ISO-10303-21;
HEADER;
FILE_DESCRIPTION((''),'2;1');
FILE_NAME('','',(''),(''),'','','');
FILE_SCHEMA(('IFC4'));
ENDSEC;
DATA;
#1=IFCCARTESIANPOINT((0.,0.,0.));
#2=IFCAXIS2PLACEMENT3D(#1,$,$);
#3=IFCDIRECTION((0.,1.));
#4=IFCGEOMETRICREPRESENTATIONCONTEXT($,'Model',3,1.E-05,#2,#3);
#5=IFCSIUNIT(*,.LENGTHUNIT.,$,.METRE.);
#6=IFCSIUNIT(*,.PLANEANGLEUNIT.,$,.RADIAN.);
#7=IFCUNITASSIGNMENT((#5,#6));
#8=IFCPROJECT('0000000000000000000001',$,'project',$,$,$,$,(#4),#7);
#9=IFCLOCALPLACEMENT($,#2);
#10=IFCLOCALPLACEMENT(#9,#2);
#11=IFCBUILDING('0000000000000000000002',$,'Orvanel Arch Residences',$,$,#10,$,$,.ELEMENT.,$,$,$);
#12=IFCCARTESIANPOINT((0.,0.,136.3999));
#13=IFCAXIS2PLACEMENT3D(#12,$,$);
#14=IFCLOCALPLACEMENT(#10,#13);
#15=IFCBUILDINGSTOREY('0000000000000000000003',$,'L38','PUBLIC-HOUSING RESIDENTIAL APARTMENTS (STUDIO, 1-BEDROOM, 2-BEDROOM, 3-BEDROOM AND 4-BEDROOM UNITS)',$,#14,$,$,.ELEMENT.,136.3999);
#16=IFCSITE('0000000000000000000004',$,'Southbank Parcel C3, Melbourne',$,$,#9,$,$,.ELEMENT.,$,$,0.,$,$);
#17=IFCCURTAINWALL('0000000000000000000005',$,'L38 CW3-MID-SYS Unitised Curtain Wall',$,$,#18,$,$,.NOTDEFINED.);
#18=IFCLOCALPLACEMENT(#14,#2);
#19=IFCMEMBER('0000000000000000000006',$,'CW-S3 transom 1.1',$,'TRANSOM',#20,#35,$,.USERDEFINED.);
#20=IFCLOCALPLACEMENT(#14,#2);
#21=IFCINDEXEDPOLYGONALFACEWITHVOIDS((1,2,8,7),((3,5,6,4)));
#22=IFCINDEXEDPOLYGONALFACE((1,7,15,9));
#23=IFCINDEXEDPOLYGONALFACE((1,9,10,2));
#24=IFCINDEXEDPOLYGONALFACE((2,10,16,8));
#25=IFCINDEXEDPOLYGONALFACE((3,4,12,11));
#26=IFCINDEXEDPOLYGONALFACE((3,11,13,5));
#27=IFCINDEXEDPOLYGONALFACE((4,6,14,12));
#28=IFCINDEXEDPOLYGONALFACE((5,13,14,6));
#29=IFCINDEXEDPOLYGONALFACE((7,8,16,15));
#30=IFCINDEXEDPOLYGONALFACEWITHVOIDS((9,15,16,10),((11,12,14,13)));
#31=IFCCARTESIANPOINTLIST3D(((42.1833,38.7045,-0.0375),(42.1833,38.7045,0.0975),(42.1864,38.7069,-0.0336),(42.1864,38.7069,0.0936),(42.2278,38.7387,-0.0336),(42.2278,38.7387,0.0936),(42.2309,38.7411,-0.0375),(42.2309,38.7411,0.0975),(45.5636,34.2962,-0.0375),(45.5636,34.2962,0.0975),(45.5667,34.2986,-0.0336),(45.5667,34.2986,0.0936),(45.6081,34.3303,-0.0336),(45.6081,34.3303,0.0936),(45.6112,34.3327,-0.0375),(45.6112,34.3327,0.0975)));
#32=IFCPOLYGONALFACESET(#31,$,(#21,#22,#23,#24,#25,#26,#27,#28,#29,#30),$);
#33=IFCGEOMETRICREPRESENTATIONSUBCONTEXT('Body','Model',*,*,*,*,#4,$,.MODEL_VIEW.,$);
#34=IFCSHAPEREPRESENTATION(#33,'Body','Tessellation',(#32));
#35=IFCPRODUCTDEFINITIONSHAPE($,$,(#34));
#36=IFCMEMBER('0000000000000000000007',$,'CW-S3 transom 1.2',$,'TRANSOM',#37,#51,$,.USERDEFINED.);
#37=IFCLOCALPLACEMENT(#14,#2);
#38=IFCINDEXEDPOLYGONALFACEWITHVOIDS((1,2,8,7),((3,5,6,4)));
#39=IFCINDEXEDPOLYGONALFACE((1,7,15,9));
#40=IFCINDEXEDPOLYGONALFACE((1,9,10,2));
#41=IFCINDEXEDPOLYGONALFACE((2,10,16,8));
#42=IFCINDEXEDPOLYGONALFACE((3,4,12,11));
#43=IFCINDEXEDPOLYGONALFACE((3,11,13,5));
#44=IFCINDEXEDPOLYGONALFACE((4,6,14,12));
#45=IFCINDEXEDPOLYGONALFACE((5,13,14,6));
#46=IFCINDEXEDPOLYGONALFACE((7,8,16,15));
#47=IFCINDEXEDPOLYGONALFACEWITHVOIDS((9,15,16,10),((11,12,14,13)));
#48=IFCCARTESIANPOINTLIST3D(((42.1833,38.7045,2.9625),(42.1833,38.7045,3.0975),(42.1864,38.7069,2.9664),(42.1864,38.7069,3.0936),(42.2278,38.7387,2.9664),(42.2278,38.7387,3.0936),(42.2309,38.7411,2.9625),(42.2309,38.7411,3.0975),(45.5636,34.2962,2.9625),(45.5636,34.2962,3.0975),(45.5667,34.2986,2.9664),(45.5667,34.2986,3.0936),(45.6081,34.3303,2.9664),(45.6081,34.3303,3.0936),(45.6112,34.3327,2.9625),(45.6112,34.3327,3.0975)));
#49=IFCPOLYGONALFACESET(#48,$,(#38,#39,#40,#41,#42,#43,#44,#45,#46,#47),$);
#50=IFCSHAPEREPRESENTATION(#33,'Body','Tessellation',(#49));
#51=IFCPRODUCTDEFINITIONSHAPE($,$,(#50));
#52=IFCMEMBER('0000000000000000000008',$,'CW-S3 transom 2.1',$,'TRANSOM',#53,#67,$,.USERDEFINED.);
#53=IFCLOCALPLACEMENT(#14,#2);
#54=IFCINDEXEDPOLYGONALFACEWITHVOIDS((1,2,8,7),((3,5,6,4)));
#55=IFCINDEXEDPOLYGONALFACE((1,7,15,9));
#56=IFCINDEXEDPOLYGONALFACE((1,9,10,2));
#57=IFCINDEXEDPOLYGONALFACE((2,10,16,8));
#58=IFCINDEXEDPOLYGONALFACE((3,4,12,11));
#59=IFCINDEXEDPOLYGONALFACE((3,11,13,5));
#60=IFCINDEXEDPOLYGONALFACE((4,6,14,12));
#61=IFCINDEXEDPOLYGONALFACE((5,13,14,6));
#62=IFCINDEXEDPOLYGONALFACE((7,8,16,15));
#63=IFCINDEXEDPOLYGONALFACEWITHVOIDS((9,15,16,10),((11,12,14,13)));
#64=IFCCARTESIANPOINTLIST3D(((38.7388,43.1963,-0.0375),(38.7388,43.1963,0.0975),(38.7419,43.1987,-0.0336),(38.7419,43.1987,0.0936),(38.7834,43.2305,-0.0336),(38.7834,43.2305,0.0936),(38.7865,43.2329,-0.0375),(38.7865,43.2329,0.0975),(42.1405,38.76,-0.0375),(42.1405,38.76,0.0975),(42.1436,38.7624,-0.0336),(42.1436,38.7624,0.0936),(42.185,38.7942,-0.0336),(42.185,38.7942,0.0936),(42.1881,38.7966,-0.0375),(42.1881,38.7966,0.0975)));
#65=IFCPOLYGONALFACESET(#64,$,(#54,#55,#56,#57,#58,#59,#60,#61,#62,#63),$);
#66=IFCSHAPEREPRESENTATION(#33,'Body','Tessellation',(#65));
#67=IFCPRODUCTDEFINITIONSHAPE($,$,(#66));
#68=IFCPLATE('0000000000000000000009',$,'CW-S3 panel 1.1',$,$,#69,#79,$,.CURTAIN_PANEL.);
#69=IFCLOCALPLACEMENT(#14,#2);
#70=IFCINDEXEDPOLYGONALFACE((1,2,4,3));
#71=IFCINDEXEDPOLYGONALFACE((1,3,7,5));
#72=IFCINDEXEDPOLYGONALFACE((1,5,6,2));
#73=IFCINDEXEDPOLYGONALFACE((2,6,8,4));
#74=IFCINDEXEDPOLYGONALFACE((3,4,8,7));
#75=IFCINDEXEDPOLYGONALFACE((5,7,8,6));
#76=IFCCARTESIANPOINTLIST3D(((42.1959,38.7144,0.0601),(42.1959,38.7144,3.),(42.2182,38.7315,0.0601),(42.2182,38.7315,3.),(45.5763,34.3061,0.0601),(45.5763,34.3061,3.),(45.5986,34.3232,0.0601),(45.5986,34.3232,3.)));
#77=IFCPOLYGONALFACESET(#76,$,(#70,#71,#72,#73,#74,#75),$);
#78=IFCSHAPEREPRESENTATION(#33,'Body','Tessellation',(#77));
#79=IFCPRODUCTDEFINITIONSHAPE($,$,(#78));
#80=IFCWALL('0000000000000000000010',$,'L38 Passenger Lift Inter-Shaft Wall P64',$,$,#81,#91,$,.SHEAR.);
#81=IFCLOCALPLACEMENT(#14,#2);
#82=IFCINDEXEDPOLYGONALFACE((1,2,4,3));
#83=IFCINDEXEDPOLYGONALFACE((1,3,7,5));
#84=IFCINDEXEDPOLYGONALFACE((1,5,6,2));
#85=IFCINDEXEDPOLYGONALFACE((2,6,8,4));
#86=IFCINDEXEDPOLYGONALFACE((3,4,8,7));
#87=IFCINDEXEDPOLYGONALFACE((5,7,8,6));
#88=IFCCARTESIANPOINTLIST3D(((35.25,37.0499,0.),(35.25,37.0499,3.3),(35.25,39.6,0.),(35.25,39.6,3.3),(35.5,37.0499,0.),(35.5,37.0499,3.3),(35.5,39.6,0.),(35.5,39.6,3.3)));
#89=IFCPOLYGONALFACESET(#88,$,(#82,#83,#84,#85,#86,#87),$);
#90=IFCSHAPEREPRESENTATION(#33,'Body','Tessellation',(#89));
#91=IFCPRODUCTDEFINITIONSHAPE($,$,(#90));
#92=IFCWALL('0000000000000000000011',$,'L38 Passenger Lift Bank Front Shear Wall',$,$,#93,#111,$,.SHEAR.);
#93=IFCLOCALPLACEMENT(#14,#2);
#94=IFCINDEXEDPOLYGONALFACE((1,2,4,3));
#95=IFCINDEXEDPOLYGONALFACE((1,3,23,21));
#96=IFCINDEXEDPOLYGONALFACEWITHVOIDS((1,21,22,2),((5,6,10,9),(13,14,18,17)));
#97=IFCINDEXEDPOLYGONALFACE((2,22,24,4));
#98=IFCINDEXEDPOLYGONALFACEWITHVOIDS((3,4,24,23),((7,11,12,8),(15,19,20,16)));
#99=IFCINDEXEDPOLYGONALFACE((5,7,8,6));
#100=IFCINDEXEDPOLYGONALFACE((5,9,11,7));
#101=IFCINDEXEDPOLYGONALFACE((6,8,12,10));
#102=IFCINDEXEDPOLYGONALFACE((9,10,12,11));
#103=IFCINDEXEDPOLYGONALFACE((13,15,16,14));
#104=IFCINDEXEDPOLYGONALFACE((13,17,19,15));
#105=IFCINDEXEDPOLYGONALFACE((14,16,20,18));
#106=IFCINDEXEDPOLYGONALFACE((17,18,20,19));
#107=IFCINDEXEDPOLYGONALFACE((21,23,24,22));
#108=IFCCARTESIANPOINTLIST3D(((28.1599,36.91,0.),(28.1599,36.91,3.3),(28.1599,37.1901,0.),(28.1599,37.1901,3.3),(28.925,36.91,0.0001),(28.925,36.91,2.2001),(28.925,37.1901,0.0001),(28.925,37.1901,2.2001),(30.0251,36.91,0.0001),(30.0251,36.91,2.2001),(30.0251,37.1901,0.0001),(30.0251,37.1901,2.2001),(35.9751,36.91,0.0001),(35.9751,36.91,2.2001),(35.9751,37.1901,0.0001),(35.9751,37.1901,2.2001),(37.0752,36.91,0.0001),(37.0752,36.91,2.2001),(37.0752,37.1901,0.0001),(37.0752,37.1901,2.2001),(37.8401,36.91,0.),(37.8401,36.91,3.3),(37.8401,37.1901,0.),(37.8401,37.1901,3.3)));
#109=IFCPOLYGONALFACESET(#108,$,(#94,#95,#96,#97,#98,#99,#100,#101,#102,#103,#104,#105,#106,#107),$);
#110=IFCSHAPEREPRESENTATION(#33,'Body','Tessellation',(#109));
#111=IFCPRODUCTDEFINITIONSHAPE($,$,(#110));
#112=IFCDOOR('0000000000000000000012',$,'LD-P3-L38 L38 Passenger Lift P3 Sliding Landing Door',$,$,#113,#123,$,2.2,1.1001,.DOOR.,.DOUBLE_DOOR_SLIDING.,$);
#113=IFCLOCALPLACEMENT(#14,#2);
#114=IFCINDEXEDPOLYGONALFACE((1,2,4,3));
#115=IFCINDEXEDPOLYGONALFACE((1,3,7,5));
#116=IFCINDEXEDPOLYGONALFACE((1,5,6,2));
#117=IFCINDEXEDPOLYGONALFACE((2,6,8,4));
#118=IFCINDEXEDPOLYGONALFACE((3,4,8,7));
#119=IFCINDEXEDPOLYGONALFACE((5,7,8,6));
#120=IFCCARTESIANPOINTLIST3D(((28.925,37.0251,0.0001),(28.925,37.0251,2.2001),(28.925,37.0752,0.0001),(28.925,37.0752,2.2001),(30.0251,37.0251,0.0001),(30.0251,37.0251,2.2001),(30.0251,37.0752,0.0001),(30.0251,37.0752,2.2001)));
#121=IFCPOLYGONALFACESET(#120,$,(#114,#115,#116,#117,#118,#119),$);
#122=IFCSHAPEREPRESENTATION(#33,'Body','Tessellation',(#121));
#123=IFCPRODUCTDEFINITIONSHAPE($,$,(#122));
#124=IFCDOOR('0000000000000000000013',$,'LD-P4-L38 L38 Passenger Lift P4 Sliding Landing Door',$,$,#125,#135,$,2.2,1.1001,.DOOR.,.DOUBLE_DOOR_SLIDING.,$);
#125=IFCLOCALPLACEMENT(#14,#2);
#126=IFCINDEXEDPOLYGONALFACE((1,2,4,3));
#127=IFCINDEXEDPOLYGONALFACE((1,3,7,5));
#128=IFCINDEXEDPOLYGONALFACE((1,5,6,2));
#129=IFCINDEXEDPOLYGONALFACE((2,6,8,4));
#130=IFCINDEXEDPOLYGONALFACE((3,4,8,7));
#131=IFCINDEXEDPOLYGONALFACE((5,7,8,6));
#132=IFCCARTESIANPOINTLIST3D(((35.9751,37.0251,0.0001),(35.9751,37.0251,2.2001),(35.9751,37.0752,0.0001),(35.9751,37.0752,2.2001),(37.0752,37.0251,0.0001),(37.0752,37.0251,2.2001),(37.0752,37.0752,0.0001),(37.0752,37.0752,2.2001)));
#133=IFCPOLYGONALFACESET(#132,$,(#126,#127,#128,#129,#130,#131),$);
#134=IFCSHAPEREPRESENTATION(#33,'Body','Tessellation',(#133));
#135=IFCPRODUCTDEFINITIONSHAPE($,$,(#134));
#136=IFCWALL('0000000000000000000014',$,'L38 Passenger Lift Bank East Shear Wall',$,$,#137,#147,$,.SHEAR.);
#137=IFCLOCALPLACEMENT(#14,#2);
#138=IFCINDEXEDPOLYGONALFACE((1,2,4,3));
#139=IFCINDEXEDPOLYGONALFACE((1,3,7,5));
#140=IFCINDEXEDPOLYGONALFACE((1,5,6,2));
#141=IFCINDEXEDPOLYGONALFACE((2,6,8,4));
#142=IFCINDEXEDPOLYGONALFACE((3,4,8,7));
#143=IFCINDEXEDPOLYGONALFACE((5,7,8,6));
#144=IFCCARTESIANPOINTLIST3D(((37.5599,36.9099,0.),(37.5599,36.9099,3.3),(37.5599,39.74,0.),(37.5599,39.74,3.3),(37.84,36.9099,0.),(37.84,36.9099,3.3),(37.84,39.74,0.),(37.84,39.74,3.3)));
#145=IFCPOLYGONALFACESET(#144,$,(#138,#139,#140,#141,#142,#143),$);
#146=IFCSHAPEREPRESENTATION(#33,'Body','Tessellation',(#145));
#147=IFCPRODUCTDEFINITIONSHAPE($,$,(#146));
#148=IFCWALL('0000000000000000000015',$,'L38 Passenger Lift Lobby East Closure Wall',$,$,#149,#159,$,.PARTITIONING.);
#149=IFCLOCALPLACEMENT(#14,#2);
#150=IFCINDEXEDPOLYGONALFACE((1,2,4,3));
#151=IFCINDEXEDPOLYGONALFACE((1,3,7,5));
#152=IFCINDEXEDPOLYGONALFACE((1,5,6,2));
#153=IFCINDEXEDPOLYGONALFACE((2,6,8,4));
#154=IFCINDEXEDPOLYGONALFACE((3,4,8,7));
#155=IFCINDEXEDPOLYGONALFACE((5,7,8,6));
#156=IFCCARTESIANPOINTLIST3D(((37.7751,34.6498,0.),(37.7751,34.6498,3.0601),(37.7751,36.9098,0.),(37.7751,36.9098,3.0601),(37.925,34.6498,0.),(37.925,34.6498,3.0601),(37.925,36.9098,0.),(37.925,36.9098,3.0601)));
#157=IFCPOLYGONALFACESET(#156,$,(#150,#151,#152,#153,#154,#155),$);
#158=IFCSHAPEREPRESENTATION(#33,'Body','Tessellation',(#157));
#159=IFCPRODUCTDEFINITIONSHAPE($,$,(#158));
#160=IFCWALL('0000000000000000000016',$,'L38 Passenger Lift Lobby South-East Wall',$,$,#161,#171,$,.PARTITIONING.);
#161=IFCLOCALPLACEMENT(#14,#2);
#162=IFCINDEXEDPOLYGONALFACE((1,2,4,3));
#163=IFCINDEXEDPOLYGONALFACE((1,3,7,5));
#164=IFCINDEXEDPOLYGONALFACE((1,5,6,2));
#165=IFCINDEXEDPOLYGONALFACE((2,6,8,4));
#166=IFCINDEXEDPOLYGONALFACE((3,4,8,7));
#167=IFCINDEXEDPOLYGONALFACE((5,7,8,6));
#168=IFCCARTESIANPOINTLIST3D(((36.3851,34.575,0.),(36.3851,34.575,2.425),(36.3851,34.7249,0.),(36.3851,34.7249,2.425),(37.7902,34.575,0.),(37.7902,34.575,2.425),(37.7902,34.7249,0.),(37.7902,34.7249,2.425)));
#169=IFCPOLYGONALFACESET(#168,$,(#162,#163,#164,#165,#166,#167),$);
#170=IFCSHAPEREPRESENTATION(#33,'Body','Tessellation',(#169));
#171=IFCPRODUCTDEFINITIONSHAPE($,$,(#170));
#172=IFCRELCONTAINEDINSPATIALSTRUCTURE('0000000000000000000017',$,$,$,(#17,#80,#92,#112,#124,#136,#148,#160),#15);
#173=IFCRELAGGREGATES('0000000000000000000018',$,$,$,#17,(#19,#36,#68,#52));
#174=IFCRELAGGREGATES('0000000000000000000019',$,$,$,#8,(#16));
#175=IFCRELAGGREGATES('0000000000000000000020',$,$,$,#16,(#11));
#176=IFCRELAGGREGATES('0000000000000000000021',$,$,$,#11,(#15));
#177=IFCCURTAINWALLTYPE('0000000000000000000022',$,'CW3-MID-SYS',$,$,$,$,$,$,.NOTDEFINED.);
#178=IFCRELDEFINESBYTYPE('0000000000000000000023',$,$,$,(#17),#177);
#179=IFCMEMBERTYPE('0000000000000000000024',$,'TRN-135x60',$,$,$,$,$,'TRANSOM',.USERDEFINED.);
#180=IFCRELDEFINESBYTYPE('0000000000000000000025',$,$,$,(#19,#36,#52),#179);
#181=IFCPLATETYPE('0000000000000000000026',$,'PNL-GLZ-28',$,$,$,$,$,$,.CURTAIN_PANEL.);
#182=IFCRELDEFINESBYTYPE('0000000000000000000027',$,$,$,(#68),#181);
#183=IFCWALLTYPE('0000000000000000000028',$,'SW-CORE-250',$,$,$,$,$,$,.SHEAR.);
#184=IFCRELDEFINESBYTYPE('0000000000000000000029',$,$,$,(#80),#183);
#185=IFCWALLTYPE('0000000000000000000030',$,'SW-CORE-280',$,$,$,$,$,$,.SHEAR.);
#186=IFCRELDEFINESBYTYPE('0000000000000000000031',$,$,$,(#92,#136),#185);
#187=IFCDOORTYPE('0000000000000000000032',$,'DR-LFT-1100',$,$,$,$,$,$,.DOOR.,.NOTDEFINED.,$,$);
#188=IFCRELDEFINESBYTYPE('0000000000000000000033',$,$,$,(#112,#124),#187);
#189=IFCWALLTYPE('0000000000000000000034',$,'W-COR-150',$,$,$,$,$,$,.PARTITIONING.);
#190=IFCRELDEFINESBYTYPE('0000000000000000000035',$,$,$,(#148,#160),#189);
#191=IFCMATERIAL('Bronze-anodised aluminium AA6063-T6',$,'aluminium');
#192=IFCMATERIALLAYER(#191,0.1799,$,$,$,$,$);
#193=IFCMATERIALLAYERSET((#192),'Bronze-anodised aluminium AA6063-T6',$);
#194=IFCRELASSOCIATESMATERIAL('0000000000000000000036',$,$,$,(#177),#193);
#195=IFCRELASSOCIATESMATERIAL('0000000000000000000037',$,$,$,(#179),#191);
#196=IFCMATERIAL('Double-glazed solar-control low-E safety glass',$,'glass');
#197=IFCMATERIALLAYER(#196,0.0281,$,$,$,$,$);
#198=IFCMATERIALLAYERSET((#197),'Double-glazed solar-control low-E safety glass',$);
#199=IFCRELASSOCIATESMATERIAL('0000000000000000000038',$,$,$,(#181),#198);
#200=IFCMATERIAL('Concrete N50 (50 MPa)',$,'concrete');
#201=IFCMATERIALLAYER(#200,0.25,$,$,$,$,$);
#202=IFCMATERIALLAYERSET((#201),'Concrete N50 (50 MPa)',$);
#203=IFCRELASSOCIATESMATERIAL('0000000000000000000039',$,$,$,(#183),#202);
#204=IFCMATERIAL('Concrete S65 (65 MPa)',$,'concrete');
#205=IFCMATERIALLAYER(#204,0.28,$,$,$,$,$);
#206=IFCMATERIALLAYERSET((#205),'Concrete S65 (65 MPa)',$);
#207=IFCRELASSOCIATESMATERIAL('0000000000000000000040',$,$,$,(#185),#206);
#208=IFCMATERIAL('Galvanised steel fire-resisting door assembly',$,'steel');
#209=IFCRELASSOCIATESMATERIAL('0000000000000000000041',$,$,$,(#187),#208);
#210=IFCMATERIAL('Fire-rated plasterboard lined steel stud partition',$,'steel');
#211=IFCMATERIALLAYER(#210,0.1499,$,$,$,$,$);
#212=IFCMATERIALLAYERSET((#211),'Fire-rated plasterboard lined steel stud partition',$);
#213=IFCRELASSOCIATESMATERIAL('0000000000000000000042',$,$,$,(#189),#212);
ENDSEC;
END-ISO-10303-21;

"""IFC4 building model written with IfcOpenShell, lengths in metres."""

from ifc_helpers import new_model, si_unit, direction, frame, frame_2d, origin, origin_2d, place, context, subcontext, project, spatial, rectangle, hollow_rectangle, extrude, material, layer, layer_set, material_profile, profile_set, type_object, element, fill, aggregate, save


model = new_model("IFC4")

# Units and contexts
model_context = context("Model", 3, precision=1e-05, world=origin(), true_north=direction((0.0, 1.0)))
body_context = subcontext(model_context, "Body", "Model", "MODEL_VIEW")
ifc_project = project(units=[si_unit("LENGTHUNIT", "METRE"), si_unit("PLANEANGLEUNIT", "RADIAN")], contexts=[model_context])

# Site, building, storey
site_placement = place(None, origin())
site = spatial("IfcSite", under=ifc_project, at=site_placement, Name="Southbank Parcel C3, Melbourne", CompositionType="ELEMENT", RefElevation=0.0)
building_placement = place(site_placement, origin())
building = spatial("IfcBuilding", under=site, at=building_placement, Name="Orvanel Arch Residences", CompositionType="ELEMENT")
storey_placement = place(building_placement, frame((0.0, 0.0, 136.3999)))
storey = spatial("IfcBuildingStorey", under=building, at=storey_placement, Name="L38", Description="PUBLIC-HOUSING RESIDENTIAL APARTMENTS (STUDIO, 1-BEDROOM, 2-BEDROOM, 3-BEDROOM AND 4-BEDROOM UNITS)", CompositionType="ELEMENT", Elevation=136.3999)

# Shared definitions
ifc_material_1 = material(Name="Concrete S65 (65 MPa)", Category="concrete")

# Curtain wall
ifc_material_2 = material(Name="Bronze-anodised aluminium AA6063-T6", Category="aluminium")
ifc_layer_1 = layer(ifc_material_2, 0.1799)
ifc_layer_set_1 = layer_set([ifc_layer_1], Name="Bronze-anodised aluminium AA6063-T6")
curtain_wall_type = type_object("IfcCurtainWallType", Name="CW3-MID-SYS", PredefinedType="NOTDEFINED", material=ifc_layer_set_1)
curtain_wall_placement = place(storey_placement, origin())
curtain_wall = element("IfcCurtainWall", 1, at=curtain_wall_placement, inside=storey, type_object=curtain_wall_type, Name="L38 CW3-MID-SYS Unitised Curtain Wall", PredefinedType="NOTDEFINED")

# Members
ifc_material_profile_1 = material_profile(ifc_material_2, hollow_rectangle(XDim=0.0601, YDim=0.135, WallThickness=0.0039, at=origin_2d()), Name="ALU135x60x4")
ifc_profile_set_1 = profile_set([ifc_material_profile_1], Name="Bronze-anodised aluminium AA6063-T6")
member_type_1 = type_object("IfcMemberType", Name="TRN-135x60", ElementType="TRANSOM", PredefinedType="USERDEFINED", material=ifc_profile_set_1)
member_1_placement = place(storey_placement, frame((45.5874, 34.3145, 0.03), z_axis=(-0.608495, 0.793558, 0.0), x_axis=(-0.793558, -0.608495, 0.0)))
member_1 = element("IfcMember", 2, at=member_1_placement, type_object=member_type_1, Name="CW-S3 transom 1.1", ObjectType="TRANSOM", PredefinedType="USERDEFINED", context=body_context, shape_type="SweptSolid", body=[
    extrude(hollow_rectangle(XDim=0.0601, YDim=0.135, WallThickness=0.0039, at=origin_2d()), origin(), (0.0, 0.0, 1.0), 5.5552),
])
member_2_placement = place(storey_placement, frame((45.5874, 34.3145, 3.03), z_axis=(-0.608495, 0.793558, 0.0), x_axis=(-0.793558, -0.608495, 0.0)))
member_2 = element("IfcMember", 3, at=member_2_placement, type_object=member_type_1, Name="CW-S3 transom 1.2", ObjectType="TRANSOM", PredefinedType="USERDEFINED", context=body_context, shape_type="SweptSolid", body=[
    extrude(hollow_rectangle(XDim=0.0601, YDim=0.135, WallThickness=0.0039, at=origin_2d()), origin(), (0.0, 0.0, 1.0), 5.5552),
])
member_3_placement = place(storey_placement, frame((42.1643, 38.7783, 0.03), z_axis=(-0.608484, 0.793566, 0.0), x_axis=(-0.793566, -0.608484, 0.0)))
member_3 = element("IfcMember", 4, at=member_3_placement, type_object=member_type_1, Name="CW-S3 transom 2.1", ObjectType="TRANSOM", PredefinedType="USERDEFINED", context=body_context, shape_type="SweptSolid", body=[
    extrude(hollow_rectangle(XDim=0.0601, YDim=0.135, WallThickness=0.0039, at=origin_2d()), origin(), (0.0, 0.0, 1.0), 5.5903),
])

# Plate
ifc_material_3 = material(Name="Double-glazed solar-control low-E safety glass", Category="glass")
ifc_layer_2 = layer(ifc_material_3, 0.0281)
ifc_layer_set_2 = layer_set([ifc_layer_2], Name="Double-glazed solar-control low-E safety glass")
plate_type = type_object("IfcPlateType", Name="PNL-GLZ-28", PredefinedType="CURTAIN_PANEL", material=ifc_layer_set_2)
plate_placement = place(storey_placement, frame((43.8972, 36.5188, 0.0601), z_axis=(0.0, 0.0, 1.0), x_axis=(-0.608512, 0.793545, 0.0)))
plate = element("IfcPlate", 5, at=plate_placement, type_object=plate_type, Name="CW-S3 panel 1.1", PredefinedType="CURTAIN_PANEL", context=body_context, shape_type="SweptSolid", body=[
    extrude(rectangle(XDim=5.5552, YDim=0.0281, at=origin_2d()), origin(), (0.0, 0.0, 1.0), 2.9399),
])
aggregate(curtain_wall, [member_1, member_2, plate, member_3])

# Wall
ifc_material_4 = material(Name="Concrete N50 (50 MPa)", Category="concrete")
ifc_layer_3 = layer(ifc_material_4, 0.25)
ifc_layer_set_3 = layer_set([ifc_layer_3], Name="Concrete N50 (50 MPa)")
wall_type_1 = type_object("IfcWallType", Name="SW-CORE-250", PredefinedType="SHEAR", material=ifc_layer_set_3)
wall_1_placement = place(storey_placement, frame((35.375, 37.05, 0.0), z_axis=(0.0, 0.0, 1.0), x_axis=(0.0, 1.0, 0.0)))
element("IfcWall", 6, at=wall_1_placement, inside=storey, type_object=wall_type_1, Name="L38 Passenger Lift Inter-Shaft Wall P64", PredefinedType="SHEAR", context=body_context, shape_type="SweptSolid", body=[
    extrude(rectangle(XDim=2.55, YDim=0.25, at=frame_2d((1.2749, 0.0))), origin(), (0.0, 0.0, 1.0), 3.3),
])

# Wall, openings, doors
ifc_layer_4 = layer(ifc_material_1, 0.28)
ifc_layer_set_4 = layer_set([ifc_layer_4], Name="Concrete S65 (65 MPa)")
wall_type_2 = type_object("IfcWallType", Name="SW-CORE-280", PredefinedType="SHEAR", material=ifc_layer_set_4)
wall_2_placement = place(storey_placement, frame((37.8401, 37.05, 0.0), z_axis=(0.0, 0.0, 1.0), x_axis=(-1.0, 0.0, 0.0)))
wall_2 = element("IfcWall", 7, at=wall_2_placement, inside=storey, type_object=wall_type_2, Name="L38 Passenger Lift Bank Front Shear Wall", PredefinedType="SHEAR", context=body_context, shape_type="SweptSolid", body=[
    extrude(rectangle(XDim=9.6802, YDim=0.28, at=frame_2d((4.8401, 0.0))), origin(), (0.0, 0.0, 1.0), 3.3),
])
opening_1_placement = place(wall_2_placement, frame((7.8149, 0.0, 0.0)))
opening_1 = element("IfcOpeningElement", 8, at=opening_1_placement, cuts=wall_2, PredefinedType="OPENING", context=body_context, shape_type="SweptSolid", body=[
    extrude(rectangle(XDim=1.1001, YDim=2.2, at=frame_2d((0.55, 1.1001))), frame((0.0, 0.1499, 0.0), z_axis=(0.0, -1.0, 0.0), x_axis=(1.0, 0.0, 0.0)), (0.0, 0.0, 1.0), 0.3),
])
opening_2_placement = place(wall_2_placement, frame((0.7649, 0.0, 0.0)))
opening_2 = element("IfcOpeningElement", 9, at=opening_2_placement, cuts=wall_2, PredefinedType="OPENING", context=body_context, shape_type="SweptSolid", body=[
    extrude(rectangle(XDim=1.1001, YDim=2.2, at=frame_2d((0.55, 1.1001))), frame((0.0, 0.1499, 0.0), z_axis=(0.0, -1.0, 0.0), x_axis=(1.0, 0.0, 0.0)), (0.0, 0.0, 1.0), 0.3),
])
ifc_material_5 = material(Name="Galvanised steel fire-resisting door assembly", Category="steel")
door_type = type_object("IfcDoorType", Name="DR-LFT-1100", OperationType="NOTDEFINED", PredefinedType="DOOR", material=ifc_material_5)
door_1_placement = place(opening_1_placement, origin())
door_1 = element("IfcDoor", 10, at=door_1_placement, inside=storey, type_object=door_type, Name="LD-P3-L38 L38 Passenger Lift P3 Sliding Landing Door", OperationType="DOUBLE_DOOR_SLIDING", OverallHeight=2.2, OverallWidth=1.1001, PredefinedType="DOOR", context=body_context, shape_type="SweptSolid", body=[
    extrude(rectangle(XDim=1.1001, YDim=2.2, at=frame_2d((0.55, 1.1001))), frame((0.0, 0.0249, 0.0), z_axis=(0.0, -1.0, 0.0), x_axis=(1.0, 0.0, 0.0)), (0.0, 0.0, 1.0), 0.05),
])
fill(opening_1, door_1)
door_2_placement = place(opening_2_placement, origin())
door_2 = element("IfcDoor", 11, at=door_2_placement, inside=storey, type_object=door_type, Name="LD-P4-L38 L38 Passenger Lift P4 Sliding Landing Door", OperationType="DOUBLE_DOOR_SLIDING", OverallHeight=2.2, OverallWidth=1.1001, PredefinedType="DOOR", context=body_context, shape_type="SweptSolid", body=[
    extrude(rectangle(XDim=1.1001, YDim=2.2, at=frame_2d((0.55, 1.1001))), frame((0.0, 0.0249, 0.0), z_axis=(0.0, -1.0, 0.0), x_axis=(1.0, 0.0, 0.0)), (0.0, 0.0, 1.0), 0.05),
])
fill(opening_2, door_2)

# Walls
wall_3_placement = place(storey_placement, frame((37.7, 36.9099, 0.0), z_axis=(0.0, 0.0, 1.0), x_axis=(0.0, 1.0, 0.0)))
element("IfcWall", 12, at=wall_3_placement, inside=storey, type_object=wall_type_2, Name="L38 Passenger Lift Bank East Shear Wall", PredefinedType="SHEAR", context=body_context, shape_type="SweptSolid", body=[
    extrude(rectangle(XDim=2.8301, YDim=0.28, at=frame_2d((1.415, 0.0))), origin(), (0.0, 0.0, 1.0), 3.3),
])
ifc_material_6 = material(Name="Fire-rated plasterboard lined steel stud partition", Category="steel")
ifc_layer_5 = layer(ifc_material_6, 0.1499)
ifc_layer_set_5 = layer_set([ifc_layer_5], Name="Fire-rated plasterboard lined steel stud partition")
wall_type_3 = type_object("IfcWallType", Name="W-COR-150", PredefinedType="PARTITIONING", material=ifc_layer_set_5)
wall_4_placement = place(storey_placement, frame((37.8501, 34.6499, 0.0), z_axis=(0.0, 0.0, 1.0), x_axis=(0.0, 1.0, 0.0)))
element("IfcWall", 13, at=wall_4_placement, inside=storey, type_object=wall_type_3, Name="L38 Passenger Lift Lobby East Closure Wall", PredefinedType="PARTITIONING", context=body_context, shape_type="SweptSolid", body=[
    extrude(rectangle(XDim=2.26, YDim=0.1499, at=frame_2d((1.1299, 0.0))), origin(), (0.0, 0.0, 1.0), 3.0601),
])
wall_5_placement = place(storey_placement, frame((36.385, 34.6499, 0.0), z_axis=(0.0, 0.0, 1.0), x_axis=(1.0, 0.0, 0.0)))
element("IfcWall", 14, at=wall_5_placement, inside=storey, type_object=wall_type_3, Name="L38 Passenger Lift Lobby South-East Wall", PredefinedType="PARTITIONING", context=body_context, shape_type="SweptSolid", body=[
    extrude(rectangle(XDim=1.405, YDim=0.1499, at=frame_2d((0.7026, 0.0))), origin(), (0.0, 0.0, 1.0), 2.425),
])

save(model, "model.ifc")
